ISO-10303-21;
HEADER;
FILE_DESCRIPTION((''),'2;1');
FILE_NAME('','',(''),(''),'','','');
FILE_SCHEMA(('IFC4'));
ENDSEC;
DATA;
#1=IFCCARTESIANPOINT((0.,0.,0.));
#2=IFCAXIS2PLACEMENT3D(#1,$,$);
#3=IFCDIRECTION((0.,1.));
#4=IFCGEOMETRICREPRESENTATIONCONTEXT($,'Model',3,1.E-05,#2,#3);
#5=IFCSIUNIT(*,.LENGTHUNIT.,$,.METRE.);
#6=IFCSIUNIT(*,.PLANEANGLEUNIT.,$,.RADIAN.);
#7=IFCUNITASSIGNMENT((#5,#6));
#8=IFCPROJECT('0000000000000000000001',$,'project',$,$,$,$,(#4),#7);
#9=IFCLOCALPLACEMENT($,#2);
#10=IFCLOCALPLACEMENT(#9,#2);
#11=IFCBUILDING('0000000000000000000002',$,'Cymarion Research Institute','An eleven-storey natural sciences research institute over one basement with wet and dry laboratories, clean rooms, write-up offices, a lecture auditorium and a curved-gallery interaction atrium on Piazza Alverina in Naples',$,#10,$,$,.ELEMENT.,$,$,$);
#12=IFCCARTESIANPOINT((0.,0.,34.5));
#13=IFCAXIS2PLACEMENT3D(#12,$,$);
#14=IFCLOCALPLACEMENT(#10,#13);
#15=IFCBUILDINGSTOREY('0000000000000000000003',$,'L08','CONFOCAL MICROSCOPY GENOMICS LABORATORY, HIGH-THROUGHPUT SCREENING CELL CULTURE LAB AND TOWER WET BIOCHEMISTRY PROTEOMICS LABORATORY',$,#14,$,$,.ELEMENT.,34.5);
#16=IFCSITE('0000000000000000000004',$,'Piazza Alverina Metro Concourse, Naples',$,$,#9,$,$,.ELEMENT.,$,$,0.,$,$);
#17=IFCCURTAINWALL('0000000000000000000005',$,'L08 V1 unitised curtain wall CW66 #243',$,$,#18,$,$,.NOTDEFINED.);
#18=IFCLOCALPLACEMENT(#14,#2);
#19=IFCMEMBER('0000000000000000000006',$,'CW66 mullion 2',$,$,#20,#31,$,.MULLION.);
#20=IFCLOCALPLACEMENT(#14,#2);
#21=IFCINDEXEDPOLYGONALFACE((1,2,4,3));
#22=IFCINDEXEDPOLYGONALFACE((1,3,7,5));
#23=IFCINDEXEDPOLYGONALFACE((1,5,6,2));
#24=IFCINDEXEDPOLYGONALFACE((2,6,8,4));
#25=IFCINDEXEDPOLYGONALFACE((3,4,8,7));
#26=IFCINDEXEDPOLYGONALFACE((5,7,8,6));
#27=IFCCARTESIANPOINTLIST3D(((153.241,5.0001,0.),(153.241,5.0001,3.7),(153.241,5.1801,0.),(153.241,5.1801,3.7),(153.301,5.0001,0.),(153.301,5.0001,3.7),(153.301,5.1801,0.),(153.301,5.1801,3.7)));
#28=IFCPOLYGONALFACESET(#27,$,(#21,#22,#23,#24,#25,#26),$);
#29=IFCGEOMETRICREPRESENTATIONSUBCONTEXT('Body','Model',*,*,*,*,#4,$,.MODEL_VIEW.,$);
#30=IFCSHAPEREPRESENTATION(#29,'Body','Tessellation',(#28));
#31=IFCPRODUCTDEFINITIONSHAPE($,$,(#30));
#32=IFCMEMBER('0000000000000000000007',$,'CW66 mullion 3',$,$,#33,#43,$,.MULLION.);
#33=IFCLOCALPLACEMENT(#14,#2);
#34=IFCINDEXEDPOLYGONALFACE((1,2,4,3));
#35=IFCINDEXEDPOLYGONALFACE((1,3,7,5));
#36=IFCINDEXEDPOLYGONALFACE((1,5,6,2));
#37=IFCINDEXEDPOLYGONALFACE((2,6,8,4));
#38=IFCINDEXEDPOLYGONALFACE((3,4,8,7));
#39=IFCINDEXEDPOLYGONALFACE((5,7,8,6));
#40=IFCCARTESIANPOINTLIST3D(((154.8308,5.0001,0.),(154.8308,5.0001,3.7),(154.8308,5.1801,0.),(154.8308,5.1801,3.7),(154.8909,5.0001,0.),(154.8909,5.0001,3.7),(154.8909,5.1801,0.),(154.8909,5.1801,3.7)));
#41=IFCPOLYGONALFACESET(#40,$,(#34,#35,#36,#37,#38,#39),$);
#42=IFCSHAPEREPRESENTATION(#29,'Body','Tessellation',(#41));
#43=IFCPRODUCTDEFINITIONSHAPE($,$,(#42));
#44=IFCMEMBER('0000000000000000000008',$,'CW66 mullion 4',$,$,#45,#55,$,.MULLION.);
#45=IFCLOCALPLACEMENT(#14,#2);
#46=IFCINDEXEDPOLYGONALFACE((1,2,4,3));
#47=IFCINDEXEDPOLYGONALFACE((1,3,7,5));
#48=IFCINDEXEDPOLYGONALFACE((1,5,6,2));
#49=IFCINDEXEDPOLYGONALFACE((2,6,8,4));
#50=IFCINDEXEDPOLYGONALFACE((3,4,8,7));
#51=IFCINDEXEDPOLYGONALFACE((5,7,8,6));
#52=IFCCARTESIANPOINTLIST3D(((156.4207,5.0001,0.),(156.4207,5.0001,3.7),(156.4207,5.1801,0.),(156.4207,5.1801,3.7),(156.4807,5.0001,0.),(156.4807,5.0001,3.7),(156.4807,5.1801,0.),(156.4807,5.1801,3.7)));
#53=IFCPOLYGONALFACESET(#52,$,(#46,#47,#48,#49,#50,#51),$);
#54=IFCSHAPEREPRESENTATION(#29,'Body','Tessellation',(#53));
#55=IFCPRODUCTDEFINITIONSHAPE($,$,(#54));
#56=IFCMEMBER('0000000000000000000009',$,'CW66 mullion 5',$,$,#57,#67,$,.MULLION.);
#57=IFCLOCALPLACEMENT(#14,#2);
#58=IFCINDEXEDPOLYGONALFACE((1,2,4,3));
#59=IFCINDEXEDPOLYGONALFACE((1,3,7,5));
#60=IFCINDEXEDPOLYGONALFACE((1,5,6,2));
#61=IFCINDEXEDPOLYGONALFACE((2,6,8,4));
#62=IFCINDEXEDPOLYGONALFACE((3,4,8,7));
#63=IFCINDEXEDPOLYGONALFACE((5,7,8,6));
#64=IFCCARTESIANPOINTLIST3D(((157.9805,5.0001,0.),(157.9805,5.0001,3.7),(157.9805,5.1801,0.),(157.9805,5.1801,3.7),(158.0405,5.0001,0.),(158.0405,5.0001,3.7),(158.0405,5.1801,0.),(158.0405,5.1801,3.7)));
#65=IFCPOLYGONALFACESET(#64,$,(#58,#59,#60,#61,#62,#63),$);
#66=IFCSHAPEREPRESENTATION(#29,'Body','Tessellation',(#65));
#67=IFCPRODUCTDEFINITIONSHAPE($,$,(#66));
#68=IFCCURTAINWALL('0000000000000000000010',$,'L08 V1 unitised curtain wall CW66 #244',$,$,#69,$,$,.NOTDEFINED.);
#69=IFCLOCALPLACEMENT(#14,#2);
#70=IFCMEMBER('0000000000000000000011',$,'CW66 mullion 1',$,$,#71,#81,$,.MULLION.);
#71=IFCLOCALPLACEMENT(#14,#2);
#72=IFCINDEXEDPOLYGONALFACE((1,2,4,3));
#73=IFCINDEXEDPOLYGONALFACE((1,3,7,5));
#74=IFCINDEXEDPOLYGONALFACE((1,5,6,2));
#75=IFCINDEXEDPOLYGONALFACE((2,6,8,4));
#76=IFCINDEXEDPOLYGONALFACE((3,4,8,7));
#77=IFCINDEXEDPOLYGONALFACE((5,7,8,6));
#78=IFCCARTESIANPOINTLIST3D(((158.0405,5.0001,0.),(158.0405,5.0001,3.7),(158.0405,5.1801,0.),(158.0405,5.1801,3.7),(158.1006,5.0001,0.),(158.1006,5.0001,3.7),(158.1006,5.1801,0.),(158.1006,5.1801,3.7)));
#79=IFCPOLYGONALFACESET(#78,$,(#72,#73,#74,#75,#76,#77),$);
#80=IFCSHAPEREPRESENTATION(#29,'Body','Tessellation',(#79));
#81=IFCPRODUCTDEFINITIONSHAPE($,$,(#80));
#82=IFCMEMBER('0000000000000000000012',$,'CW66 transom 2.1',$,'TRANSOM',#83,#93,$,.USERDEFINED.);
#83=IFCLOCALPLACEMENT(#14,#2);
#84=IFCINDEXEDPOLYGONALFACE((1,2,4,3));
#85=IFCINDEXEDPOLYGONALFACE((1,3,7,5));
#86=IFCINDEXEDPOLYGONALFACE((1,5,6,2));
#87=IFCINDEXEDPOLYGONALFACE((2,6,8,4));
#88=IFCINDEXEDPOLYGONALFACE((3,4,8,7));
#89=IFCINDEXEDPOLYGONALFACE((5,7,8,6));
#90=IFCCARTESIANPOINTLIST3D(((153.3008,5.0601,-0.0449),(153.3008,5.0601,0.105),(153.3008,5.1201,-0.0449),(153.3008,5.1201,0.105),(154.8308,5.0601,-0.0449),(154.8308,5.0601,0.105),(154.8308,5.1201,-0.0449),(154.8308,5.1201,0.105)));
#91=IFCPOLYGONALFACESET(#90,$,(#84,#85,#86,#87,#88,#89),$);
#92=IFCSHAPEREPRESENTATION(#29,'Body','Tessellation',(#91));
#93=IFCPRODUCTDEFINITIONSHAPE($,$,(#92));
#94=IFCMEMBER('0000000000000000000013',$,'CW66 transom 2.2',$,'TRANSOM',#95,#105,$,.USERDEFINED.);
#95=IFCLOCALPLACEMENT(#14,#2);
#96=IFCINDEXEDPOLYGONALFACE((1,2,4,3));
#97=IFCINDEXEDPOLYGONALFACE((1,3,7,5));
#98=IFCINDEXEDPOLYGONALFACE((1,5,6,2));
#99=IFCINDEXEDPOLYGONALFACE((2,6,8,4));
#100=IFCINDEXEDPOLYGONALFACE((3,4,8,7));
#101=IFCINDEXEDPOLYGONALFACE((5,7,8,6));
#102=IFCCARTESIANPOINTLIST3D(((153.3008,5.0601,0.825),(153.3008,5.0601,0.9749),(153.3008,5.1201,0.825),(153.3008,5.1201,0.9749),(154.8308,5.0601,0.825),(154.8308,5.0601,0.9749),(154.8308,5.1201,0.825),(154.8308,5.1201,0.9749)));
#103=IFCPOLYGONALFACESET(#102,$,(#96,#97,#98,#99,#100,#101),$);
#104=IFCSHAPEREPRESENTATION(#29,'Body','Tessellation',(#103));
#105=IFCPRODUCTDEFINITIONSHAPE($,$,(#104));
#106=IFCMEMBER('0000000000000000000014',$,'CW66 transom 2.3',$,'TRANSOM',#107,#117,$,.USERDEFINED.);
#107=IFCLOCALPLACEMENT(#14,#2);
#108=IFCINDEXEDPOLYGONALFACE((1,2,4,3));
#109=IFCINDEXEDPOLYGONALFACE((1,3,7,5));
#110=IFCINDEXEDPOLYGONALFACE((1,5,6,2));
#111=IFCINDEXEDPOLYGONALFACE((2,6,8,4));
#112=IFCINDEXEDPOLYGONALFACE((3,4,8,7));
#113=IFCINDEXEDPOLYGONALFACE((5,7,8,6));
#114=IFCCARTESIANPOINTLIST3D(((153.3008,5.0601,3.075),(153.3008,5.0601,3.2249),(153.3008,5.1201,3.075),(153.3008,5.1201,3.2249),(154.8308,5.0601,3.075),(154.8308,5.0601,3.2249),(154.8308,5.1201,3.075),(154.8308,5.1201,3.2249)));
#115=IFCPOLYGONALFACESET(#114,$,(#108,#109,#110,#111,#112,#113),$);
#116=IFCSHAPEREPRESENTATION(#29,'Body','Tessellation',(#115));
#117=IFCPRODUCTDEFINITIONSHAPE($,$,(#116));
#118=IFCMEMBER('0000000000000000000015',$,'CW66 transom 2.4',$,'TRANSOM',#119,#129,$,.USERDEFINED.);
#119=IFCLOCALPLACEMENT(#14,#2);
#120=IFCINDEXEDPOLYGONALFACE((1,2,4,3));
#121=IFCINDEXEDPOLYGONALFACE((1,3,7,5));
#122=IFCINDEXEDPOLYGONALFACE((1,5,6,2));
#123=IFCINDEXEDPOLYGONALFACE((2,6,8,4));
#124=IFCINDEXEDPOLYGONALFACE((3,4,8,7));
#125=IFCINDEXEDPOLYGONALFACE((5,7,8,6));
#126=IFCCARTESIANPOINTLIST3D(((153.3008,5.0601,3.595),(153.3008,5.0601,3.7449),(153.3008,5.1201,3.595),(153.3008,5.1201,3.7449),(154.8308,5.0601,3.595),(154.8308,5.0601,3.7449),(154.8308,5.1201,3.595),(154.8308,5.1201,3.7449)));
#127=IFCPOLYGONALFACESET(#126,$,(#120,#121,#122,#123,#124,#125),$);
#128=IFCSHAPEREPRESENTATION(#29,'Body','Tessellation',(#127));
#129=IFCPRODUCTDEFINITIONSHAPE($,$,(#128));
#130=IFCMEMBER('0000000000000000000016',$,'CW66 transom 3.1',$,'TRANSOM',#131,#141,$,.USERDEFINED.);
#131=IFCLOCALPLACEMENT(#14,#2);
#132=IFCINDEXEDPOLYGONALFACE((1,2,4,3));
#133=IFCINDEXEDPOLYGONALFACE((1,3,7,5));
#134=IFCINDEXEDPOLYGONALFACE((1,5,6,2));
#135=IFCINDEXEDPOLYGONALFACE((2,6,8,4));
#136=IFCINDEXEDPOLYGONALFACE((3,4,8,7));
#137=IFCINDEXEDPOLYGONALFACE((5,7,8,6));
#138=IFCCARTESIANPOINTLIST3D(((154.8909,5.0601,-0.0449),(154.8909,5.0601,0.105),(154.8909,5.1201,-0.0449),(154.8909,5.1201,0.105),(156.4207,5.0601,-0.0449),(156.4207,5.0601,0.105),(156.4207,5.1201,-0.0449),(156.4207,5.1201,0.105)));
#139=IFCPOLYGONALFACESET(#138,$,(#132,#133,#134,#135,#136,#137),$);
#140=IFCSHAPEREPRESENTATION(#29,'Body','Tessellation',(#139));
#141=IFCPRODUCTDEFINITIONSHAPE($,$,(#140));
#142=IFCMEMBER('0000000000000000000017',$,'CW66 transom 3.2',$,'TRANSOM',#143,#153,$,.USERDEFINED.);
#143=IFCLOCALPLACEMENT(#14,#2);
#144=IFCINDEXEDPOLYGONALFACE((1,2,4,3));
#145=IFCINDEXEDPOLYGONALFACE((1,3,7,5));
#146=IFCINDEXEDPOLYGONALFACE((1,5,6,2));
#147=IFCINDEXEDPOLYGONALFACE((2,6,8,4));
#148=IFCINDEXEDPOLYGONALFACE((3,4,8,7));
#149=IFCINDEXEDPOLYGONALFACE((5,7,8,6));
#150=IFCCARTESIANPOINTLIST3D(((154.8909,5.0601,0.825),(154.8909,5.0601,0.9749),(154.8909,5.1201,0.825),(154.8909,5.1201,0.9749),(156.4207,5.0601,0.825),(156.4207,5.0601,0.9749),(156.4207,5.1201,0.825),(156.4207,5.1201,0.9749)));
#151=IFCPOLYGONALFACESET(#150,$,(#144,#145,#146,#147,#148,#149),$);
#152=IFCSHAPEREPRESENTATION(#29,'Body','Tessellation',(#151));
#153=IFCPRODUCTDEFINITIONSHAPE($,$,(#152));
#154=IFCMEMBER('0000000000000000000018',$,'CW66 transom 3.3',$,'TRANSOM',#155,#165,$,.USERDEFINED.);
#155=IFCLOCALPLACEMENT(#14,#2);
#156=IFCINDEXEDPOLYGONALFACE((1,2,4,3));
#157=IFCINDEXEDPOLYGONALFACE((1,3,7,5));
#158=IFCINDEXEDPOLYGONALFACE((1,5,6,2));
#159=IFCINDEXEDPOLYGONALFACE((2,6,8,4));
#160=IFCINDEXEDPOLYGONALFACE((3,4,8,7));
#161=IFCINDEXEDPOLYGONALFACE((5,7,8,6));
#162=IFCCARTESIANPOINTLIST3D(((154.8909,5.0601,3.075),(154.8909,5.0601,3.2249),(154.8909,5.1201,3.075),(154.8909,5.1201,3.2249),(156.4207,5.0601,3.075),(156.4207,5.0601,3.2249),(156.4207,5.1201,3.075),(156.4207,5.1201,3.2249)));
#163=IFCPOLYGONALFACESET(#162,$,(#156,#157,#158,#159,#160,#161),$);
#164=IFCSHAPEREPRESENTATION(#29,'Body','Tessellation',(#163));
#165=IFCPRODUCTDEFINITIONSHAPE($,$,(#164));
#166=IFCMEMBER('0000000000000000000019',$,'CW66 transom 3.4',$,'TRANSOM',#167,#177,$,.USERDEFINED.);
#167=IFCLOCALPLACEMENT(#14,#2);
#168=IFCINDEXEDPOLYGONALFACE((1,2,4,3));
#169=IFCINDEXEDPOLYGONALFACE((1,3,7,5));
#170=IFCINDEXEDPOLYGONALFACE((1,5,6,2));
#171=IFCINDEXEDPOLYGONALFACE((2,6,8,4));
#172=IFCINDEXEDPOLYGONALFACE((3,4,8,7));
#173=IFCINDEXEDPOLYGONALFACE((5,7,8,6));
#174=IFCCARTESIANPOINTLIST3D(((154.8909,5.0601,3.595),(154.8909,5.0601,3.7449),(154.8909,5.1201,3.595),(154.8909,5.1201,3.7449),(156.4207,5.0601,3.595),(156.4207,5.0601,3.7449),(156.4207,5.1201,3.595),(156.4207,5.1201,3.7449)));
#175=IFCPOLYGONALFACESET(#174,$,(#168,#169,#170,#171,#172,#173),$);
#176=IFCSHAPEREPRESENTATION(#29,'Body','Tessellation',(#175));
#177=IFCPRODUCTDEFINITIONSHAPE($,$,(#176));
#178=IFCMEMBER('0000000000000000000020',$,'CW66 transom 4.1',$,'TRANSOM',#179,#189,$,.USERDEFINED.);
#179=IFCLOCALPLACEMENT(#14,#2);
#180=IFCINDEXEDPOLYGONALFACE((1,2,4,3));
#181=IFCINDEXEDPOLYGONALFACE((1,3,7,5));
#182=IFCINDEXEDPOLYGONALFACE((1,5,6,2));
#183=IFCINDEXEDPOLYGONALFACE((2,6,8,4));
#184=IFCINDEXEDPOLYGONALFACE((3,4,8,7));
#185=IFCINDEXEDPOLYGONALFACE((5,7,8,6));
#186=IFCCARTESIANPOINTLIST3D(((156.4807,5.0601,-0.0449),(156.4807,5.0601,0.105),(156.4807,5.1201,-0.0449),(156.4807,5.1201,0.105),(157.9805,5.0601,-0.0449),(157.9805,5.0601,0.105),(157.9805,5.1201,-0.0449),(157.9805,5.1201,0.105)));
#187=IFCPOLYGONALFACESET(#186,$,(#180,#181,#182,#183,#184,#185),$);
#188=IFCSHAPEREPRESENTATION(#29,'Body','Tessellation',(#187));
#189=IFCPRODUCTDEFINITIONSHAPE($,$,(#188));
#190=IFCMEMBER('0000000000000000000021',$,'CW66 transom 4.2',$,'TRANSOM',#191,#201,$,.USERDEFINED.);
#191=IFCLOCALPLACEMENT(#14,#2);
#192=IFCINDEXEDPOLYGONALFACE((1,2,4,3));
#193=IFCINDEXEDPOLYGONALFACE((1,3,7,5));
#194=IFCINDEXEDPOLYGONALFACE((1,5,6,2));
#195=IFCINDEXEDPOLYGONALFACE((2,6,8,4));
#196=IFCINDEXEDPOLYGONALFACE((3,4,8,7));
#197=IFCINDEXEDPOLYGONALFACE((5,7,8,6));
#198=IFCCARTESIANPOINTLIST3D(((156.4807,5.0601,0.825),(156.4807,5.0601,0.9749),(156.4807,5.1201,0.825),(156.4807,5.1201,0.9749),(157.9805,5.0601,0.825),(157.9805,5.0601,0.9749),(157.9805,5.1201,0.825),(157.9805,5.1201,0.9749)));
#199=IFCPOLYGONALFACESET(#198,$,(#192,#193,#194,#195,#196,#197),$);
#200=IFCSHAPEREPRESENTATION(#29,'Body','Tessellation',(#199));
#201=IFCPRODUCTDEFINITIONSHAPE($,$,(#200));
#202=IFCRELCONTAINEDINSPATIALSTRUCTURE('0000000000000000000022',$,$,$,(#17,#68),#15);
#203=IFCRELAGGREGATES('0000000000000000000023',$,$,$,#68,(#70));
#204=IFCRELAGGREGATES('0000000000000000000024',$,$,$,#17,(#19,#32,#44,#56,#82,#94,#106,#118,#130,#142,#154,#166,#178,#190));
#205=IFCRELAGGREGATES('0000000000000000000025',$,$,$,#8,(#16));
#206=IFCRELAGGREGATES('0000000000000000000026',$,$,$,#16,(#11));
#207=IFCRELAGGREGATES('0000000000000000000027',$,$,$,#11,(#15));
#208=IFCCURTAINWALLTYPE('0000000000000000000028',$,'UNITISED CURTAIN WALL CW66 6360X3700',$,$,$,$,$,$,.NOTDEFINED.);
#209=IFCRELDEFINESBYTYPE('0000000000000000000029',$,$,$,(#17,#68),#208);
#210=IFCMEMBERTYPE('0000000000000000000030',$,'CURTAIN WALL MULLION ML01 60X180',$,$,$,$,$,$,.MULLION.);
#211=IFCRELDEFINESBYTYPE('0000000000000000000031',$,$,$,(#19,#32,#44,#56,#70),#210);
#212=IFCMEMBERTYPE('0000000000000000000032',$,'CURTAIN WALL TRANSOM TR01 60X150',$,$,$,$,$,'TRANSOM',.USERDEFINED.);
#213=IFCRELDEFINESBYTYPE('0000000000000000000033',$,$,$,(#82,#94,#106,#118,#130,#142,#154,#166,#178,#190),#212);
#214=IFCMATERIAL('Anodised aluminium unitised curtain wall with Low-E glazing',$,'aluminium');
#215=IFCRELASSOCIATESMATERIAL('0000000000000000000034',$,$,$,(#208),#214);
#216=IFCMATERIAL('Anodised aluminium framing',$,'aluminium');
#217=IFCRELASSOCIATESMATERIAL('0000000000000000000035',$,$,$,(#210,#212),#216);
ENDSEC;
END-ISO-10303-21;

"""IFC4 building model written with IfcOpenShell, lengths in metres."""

from ifc_helpers import new_model, si_unit, direction, frame, origin, origin_2d, place, context, subcontext, project, spatial, rectangle, extrude, material, material_profile, profile_set, type_object, element, aggregate, save


model = new_model("IFC4")

# Units and contexts
model_context = context("Model", 3, precision=1e-05, world=origin(), true_north=direction((0.0, 1.0)))
body_context = subcontext(model_context, "Body", "Model", "MODEL_VIEW")
ifc_project = project(units=[si_unit("LENGTHUNIT", "METRE"), si_unit("PLANEANGLEUNIT", "RADIAN")], contexts=[model_context])

# Site, building, storey
site_placement = place(None, origin())
site = spatial("IfcSite", under=ifc_project, at=site_placement, Name="Piazza Alverina Metro Concourse, Naples", CompositionType="ELEMENT", RefElevation=0.0)
building_placement = place(site_placement, origin())
building = spatial("IfcBuilding", under=site, at=building_placement, Name="Cymarion Research Institute", Description="An eleven-storey natural sciences research institute over one basement with wet and dry laboratories, clean rooms, write-up offices, a lecture auditorium and a curved-gallery interaction atrium on Piazza Alverina in Naples", CompositionType="ELEMENT")
storey_placement = place(building_placement, frame((0.0, 0.0, 34.5)))
storey = spatial("IfcBuildingStorey", under=building, at=storey_placement, Name="L08", Description="CONFOCAL MICROSCOPY GENOMICS LABORATORY, HIGH-THROUGHPUT SCREENING CELL CULTURE LAB AND TOWER WET BIOCHEMISTRY PROTEOMICS LABORATORY", CompositionType="ELEMENT", Elevation=34.5)

# Curtain wall, members
ifc_material_1 = material(Name="Anodised aluminium unitised curtain wall with Low-E glazing", Category="aluminium")
curtain_wall_type = type_object("IfcCurtainWallType", Name="UNITISED CURTAIN WALL CW66 6360X3700", PredefinedType="NOTDEFINED", material=ifc_material_1)
curtain_wall_1_placement = place(storey_placement, origin())
curtain_wall_1 = element("IfcCurtainWall", 1, at=curtain_wall_1_placement, inside=storey, type_object=curtain_wall_type, Name="L08 V1 unitised curtain wall CW66 #243", PredefinedType="NOTDEFINED")
ifc_material_2 = material(Name="Anodised aluminium framing", Category="aluminium")
ifc_material_profile_1 = material_profile(ifc_material_2, rectangle(XDim=0.0601, YDim=0.1799, at=origin_2d()), Name="ALU MULLION 60x180")
ifc_profile_set_1 = profile_set([ifc_material_profile_1], Name="Anodised aluminium framing")
member_type_1 = type_object("IfcMemberType", Name="CURTAIN WALL MULLION ML01 60X180", PredefinedType="MULLION", material=ifc_profile_set_1)
member_1_placement = place(storey_placement, frame((153.271, 5.0901, 0.0), z_axis=(0.0, 0.0, 1.0), x_axis=(1.0, 0.0, 0.0)))
member_1 = element("IfcMember", 2, at=member_1_placement, type_object=member_type_1, Name="CW66 mullion 2", PredefinedType="MULLION", context=body_context, shape_type="SweptSolid", body=[
    extrude(rectangle(XDim=0.0601, YDim=0.1799, at=origin_2d()), origin(), (0.0, 0.0, 1.0), 3.7),
])
member_2_placement = place(storey_placement, frame((154.8608, 5.0901, 0.0), z_axis=(0.0, 0.0, 1.0), x_axis=(1.0, 0.0, 0.0)))
member_2 = element("IfcMember", 3, at=member_2_placement, type_object=member_type_1, Name="CW66 mullion 3", PredefinedType="MULLION", context=body_context, shape_type="SweptSolid", body=[
    extrude(rectangle(XDim=0.0601, YDim=0.1799, at=origin_2d()), origin(), (0.0, 0.0, 1.0), 3.7),
])
member_3_placement = place(storey_placement, frame((156.4507, 5.0901, 0.0), z_axis=(0.0, 0.0, 1.0), x_axis=(1.0, 0.0, 0.0)))
member_3 = element("IfcMember", 4, at=member_3_placement, type_object=member_type_1, Name="CW66 mullion 4", PredefinedType="MULLION", context=body_context, shape_type="SweptSolid", body=[
    extrude(rectangle(XDim=0.0601, YDim=0.1799, at=origin_2d()), origin(), (0.0, 0.0, 1.0), 3.7),
])
member_4_placement = place(storey_placement, frame((158.0105, 5.0901, 0.0), z_axis=(0.0, 0.0, 1.0), x_axis=(1.0, 0.0, 0.0)))
member_4 = element("IfcMember", 5, at=member_4_placement, type_object=member_type_1, Name="CW66 mullion 5", PredefinedType="MULLION", context=body_context, shape_type="SweptSolid", body=[
    extrude(rectangle(XDim=0.0601, YDim=0.1799, at=origin_2d()), origin(), (0.0, 0.0, 1.0), 3.7),
])

# Curtain wall, member
curtain_wall_2_placement = place(storey_placement, origin())
curtain_wall_2 = element("IfcCurtainWall", 6, at=curtain_wall_2_placement, inside=storey, type_object=curtain_wall_type, Name="L08 V1 unitised curtain wall CW66 #244", PredefinedType="NOTDEFINED")
member_5_placement = place(storey_placement, frame((158.0706, 5.0901, 0.0), z_axis=(0.0, 0.0, 1.0), x_axis=(1.0, 0.0, 0.0)))
member_5 = element("IfcMember", 7, at=member_5_placement, type_object=member_type_1, Name="CW66 mullion 1", PredefinedType="MULLION", context=body_context, shape_type="SweptSolid", body=[
    extrude(rectangle(XDim=0.0601, YDim=0.1799, at=origin_2d()), origin(), (0.0, 0.0, 1.0), 3.7),
])

# Members
ifc_material_profile_2 = material_profile(ifc_material_2, rectangle(XDim=0.0601, YDim=0.1499, at=origin_2d()), Name="ALU TRANSOM 60x150")
ifc_profile_set_2 = profile_set([ifc_material_profile_2], Name="Anodised aluminium framing")
member_type_2 = type_object("IfcMemberType", Name="CURTAIN WALL TRANSOM TR01 60X150", ElementType="TRANSOM", PredefinedType="USERDEFINED", material=ifc_profile_set_2)
member_6_placement = place(storey_placement, frame((153.3008, 5.0901, 0.03), z_axis=(1.0, 0.0, 0.0), x_axis=(0.0, 1.0, 0.0)))
member_6 = element("IfcMember", 8, at=member_6_placement, type_object=member_type_2, Name="CW66 transom 2.1", ObjectType="TRANSOM", PredefinedType="USERDEFINED", context=body_context, shape_type="SweptSolid", body=[
    extrude(rectangle(XDim=0.0601, YDim=0.1499, at=origin_2d()), origin(), (0.0, 0.0, 1.0), 1.53),
])
member_7_placement = place(storey_placement, frame((153.3008, 5.0901, 0.8999), z_axis=(1.0, 0.0, 0.0), x_axis=(0.0, 1.0, 0.0)))
member_7 = element("IfcMember", 9, at=member_7_placement, type_object=member_type_2, Name="CW66 transom 2.2", ObjectType="TRANSOM", PredefinedType="USERDEFINED", context=body_context, shape_type="SweptSolid", body=[
    extrude(rectangle(XDim=0.0601, YDim=0.1499, at=origin_2d()), origin(), (0.0, 0.0, 1.0), 1.53),
])
member_8_placement = place(storey_placement, frame((153.3008, 5.0901, 3.1499), z_axis=(1.0, 0.0, 0.0), x_axis=(0.0, 1.0, 0.0)))
member_8 = element("IfcMember", 10, at=member_8_placement, type_object=member_type_2, Name="CW66 transom 2.3", ObjectType="TRANSOM", PredefinedType="USERDEFINED", context=body_context, shape_type="SweptSolid", body=[
    extrude(rectangle(XDim=0.0601, YDim=0.1499, at=origin_2d()), origin(), (0.0, 0.0, 1.0), 1.53),
])
member_9_placement = place(storey_placement, frame((153.3008, 5.0901, 3.6699), z_axis=(1.0, 0.0, 0.0), x_axis=(0.0, 1.0, 0.0)))
member_9 = element("IfcMember", 11, at=member_9_placement, type_object=member_type_2, Name="CW66 transom 2.4", ObjectType="TRANSOM", PredefinedType="USERDEFINED", context=body_context, shape_type="SweptSolid", body=[
    extrude(rectangle(XDim=0.0601, YDim=0.1499, at=origin_2d()), origin(), (0.0, 0.0, 1.0), 1.53),
])
member_10_placement = place(storey_placement, frame((154.8909, 5.0901, 0.03), z_axis=(1.0, 0.0, 0.0), x_axis=(0.0, 1.0, 0.0)))
member_10 = element("IfcMember", 12, at=member_10_placement, type_object=member_type_2, Name="CW66 transom 3.1", ObjectType="TRANSOM", PredefinedType="USERDEFINED", context=body_context, shape_type="SweptSolid", body=[
    extrude(rectangle(XDim=0.0601, YDim=0.1499, at=origin_2d()), origin(), (0.0, 0.0, 1.0), 1.5298),
])
member_11_placement = place(storey_placement, frame((154.8909, 5.0901, 0.8999), z_axis=(1.0, 0.0, 0.0), x_axis=(0.0, 1.0, 0.0)))
member_11 = element("IfcMember", 13, at=member_11_placement, type_object=member_type_2, Name="CW66 transom 3.2", ObjectType="TRANSOM", PredefinedType="USERDEFINED", context=body_context, shape_type="SweptSolid", body=[
    extrude(rectangle(XDim=0.0601, YDim=0.1499, at=origin_2d()), origin(), (0.0, 0.0, 1.0), 1.5298),
])
member_12_placement = place(storey_placement, frame((154.8909, 5.0901, 3.1499), z_axis=(1.0, 0.0, 0.0), x_axis=(0.0, 1.0, 0.0)))
member_12 = element("IfcMember", 14, at=member_12_placement, type_object=member_type_2, Name="CW66 transom 3.3", ObjectType="TRANSOM", PredefinedType="USERDEFINED", context=body_context, shape_type="SweptSolid", body=[
    extrude(rectangle(XDim=0.0601, YDim=0.1499, at=origin_2d()), origin(), (0.0, 0.0, 1.0), 1.5298),
])
member_13_placement = place(storey_placement, frame((154.8909, 5.0901, 3.6699), z_axis=(1.0, 0.0, 0.0), x_axis=(0.0, 1.0, 0.0)))
member_13 = element("IfcMember", 15, at=member_13_placement, type_object=member_type_2, Name="CW66 transom 3.4", ObjectType="TRANSOM", PredefinedType="USERDEFINED", context=body_context, shape_type="SweptSolid", body=[
    extrude(rectangle(XDim=0.0601, YDim=0.1499, at=origin_2d()), origin(), (0.0, 0.0, 1.0), 1.5298),
])
member_14_placement = place(storey_placement, frame((156.4807, 5.0901, 0.03), z_axis=(1.0, 0.0, 0.0), x_axis=(0.0, 1.0, 0.0)))
member_14 = element("IfcMember", 16, at=member_14_placement, type_object=member_type_2, Name="CW66 transom 4.1", ObjectType="TRANSOM", PredefinedType="USERDEFINED", context=body_context, shape_type="SweptSolid", body=[
    extrude(rectangle(XDim=0.0601, YDim=0.1499, at=origin_2d()), origin(), (0.0, 0.0, 1.0), 1.4998),
])
member_15_placement = place(storey_placement, frame((156.4807, 5.0901, 0.8999), z_axis=(1.0, 0.0, 0.0), x_axis=(0.0, 1.0, 0.0)))
member_15 = element("IfcMember", 17, at=member_15_placement, type_object=member_type_2, Name="CW66 transom 4.2", ObjectType="TRANSOM", PredefinedType="USERDEFINED", context=body_context, shape_type="SweptSolid", body=[
    extrude(rectangle(XDim=0.0601, YDim=0.1499, at=origin_2d()), origin(), (0.0, 0.0, 1.0), 1.4998),
])
aggregate(curtain_wall_2, [member_5])

aggregate(curtain_wall_1, [member_1, member_2, member_3, member_4, member_6, member_7, member_8, member_9, member_10, member_11, member_12, member_13, member_14, member_15])

save(model, "model.ifc")
